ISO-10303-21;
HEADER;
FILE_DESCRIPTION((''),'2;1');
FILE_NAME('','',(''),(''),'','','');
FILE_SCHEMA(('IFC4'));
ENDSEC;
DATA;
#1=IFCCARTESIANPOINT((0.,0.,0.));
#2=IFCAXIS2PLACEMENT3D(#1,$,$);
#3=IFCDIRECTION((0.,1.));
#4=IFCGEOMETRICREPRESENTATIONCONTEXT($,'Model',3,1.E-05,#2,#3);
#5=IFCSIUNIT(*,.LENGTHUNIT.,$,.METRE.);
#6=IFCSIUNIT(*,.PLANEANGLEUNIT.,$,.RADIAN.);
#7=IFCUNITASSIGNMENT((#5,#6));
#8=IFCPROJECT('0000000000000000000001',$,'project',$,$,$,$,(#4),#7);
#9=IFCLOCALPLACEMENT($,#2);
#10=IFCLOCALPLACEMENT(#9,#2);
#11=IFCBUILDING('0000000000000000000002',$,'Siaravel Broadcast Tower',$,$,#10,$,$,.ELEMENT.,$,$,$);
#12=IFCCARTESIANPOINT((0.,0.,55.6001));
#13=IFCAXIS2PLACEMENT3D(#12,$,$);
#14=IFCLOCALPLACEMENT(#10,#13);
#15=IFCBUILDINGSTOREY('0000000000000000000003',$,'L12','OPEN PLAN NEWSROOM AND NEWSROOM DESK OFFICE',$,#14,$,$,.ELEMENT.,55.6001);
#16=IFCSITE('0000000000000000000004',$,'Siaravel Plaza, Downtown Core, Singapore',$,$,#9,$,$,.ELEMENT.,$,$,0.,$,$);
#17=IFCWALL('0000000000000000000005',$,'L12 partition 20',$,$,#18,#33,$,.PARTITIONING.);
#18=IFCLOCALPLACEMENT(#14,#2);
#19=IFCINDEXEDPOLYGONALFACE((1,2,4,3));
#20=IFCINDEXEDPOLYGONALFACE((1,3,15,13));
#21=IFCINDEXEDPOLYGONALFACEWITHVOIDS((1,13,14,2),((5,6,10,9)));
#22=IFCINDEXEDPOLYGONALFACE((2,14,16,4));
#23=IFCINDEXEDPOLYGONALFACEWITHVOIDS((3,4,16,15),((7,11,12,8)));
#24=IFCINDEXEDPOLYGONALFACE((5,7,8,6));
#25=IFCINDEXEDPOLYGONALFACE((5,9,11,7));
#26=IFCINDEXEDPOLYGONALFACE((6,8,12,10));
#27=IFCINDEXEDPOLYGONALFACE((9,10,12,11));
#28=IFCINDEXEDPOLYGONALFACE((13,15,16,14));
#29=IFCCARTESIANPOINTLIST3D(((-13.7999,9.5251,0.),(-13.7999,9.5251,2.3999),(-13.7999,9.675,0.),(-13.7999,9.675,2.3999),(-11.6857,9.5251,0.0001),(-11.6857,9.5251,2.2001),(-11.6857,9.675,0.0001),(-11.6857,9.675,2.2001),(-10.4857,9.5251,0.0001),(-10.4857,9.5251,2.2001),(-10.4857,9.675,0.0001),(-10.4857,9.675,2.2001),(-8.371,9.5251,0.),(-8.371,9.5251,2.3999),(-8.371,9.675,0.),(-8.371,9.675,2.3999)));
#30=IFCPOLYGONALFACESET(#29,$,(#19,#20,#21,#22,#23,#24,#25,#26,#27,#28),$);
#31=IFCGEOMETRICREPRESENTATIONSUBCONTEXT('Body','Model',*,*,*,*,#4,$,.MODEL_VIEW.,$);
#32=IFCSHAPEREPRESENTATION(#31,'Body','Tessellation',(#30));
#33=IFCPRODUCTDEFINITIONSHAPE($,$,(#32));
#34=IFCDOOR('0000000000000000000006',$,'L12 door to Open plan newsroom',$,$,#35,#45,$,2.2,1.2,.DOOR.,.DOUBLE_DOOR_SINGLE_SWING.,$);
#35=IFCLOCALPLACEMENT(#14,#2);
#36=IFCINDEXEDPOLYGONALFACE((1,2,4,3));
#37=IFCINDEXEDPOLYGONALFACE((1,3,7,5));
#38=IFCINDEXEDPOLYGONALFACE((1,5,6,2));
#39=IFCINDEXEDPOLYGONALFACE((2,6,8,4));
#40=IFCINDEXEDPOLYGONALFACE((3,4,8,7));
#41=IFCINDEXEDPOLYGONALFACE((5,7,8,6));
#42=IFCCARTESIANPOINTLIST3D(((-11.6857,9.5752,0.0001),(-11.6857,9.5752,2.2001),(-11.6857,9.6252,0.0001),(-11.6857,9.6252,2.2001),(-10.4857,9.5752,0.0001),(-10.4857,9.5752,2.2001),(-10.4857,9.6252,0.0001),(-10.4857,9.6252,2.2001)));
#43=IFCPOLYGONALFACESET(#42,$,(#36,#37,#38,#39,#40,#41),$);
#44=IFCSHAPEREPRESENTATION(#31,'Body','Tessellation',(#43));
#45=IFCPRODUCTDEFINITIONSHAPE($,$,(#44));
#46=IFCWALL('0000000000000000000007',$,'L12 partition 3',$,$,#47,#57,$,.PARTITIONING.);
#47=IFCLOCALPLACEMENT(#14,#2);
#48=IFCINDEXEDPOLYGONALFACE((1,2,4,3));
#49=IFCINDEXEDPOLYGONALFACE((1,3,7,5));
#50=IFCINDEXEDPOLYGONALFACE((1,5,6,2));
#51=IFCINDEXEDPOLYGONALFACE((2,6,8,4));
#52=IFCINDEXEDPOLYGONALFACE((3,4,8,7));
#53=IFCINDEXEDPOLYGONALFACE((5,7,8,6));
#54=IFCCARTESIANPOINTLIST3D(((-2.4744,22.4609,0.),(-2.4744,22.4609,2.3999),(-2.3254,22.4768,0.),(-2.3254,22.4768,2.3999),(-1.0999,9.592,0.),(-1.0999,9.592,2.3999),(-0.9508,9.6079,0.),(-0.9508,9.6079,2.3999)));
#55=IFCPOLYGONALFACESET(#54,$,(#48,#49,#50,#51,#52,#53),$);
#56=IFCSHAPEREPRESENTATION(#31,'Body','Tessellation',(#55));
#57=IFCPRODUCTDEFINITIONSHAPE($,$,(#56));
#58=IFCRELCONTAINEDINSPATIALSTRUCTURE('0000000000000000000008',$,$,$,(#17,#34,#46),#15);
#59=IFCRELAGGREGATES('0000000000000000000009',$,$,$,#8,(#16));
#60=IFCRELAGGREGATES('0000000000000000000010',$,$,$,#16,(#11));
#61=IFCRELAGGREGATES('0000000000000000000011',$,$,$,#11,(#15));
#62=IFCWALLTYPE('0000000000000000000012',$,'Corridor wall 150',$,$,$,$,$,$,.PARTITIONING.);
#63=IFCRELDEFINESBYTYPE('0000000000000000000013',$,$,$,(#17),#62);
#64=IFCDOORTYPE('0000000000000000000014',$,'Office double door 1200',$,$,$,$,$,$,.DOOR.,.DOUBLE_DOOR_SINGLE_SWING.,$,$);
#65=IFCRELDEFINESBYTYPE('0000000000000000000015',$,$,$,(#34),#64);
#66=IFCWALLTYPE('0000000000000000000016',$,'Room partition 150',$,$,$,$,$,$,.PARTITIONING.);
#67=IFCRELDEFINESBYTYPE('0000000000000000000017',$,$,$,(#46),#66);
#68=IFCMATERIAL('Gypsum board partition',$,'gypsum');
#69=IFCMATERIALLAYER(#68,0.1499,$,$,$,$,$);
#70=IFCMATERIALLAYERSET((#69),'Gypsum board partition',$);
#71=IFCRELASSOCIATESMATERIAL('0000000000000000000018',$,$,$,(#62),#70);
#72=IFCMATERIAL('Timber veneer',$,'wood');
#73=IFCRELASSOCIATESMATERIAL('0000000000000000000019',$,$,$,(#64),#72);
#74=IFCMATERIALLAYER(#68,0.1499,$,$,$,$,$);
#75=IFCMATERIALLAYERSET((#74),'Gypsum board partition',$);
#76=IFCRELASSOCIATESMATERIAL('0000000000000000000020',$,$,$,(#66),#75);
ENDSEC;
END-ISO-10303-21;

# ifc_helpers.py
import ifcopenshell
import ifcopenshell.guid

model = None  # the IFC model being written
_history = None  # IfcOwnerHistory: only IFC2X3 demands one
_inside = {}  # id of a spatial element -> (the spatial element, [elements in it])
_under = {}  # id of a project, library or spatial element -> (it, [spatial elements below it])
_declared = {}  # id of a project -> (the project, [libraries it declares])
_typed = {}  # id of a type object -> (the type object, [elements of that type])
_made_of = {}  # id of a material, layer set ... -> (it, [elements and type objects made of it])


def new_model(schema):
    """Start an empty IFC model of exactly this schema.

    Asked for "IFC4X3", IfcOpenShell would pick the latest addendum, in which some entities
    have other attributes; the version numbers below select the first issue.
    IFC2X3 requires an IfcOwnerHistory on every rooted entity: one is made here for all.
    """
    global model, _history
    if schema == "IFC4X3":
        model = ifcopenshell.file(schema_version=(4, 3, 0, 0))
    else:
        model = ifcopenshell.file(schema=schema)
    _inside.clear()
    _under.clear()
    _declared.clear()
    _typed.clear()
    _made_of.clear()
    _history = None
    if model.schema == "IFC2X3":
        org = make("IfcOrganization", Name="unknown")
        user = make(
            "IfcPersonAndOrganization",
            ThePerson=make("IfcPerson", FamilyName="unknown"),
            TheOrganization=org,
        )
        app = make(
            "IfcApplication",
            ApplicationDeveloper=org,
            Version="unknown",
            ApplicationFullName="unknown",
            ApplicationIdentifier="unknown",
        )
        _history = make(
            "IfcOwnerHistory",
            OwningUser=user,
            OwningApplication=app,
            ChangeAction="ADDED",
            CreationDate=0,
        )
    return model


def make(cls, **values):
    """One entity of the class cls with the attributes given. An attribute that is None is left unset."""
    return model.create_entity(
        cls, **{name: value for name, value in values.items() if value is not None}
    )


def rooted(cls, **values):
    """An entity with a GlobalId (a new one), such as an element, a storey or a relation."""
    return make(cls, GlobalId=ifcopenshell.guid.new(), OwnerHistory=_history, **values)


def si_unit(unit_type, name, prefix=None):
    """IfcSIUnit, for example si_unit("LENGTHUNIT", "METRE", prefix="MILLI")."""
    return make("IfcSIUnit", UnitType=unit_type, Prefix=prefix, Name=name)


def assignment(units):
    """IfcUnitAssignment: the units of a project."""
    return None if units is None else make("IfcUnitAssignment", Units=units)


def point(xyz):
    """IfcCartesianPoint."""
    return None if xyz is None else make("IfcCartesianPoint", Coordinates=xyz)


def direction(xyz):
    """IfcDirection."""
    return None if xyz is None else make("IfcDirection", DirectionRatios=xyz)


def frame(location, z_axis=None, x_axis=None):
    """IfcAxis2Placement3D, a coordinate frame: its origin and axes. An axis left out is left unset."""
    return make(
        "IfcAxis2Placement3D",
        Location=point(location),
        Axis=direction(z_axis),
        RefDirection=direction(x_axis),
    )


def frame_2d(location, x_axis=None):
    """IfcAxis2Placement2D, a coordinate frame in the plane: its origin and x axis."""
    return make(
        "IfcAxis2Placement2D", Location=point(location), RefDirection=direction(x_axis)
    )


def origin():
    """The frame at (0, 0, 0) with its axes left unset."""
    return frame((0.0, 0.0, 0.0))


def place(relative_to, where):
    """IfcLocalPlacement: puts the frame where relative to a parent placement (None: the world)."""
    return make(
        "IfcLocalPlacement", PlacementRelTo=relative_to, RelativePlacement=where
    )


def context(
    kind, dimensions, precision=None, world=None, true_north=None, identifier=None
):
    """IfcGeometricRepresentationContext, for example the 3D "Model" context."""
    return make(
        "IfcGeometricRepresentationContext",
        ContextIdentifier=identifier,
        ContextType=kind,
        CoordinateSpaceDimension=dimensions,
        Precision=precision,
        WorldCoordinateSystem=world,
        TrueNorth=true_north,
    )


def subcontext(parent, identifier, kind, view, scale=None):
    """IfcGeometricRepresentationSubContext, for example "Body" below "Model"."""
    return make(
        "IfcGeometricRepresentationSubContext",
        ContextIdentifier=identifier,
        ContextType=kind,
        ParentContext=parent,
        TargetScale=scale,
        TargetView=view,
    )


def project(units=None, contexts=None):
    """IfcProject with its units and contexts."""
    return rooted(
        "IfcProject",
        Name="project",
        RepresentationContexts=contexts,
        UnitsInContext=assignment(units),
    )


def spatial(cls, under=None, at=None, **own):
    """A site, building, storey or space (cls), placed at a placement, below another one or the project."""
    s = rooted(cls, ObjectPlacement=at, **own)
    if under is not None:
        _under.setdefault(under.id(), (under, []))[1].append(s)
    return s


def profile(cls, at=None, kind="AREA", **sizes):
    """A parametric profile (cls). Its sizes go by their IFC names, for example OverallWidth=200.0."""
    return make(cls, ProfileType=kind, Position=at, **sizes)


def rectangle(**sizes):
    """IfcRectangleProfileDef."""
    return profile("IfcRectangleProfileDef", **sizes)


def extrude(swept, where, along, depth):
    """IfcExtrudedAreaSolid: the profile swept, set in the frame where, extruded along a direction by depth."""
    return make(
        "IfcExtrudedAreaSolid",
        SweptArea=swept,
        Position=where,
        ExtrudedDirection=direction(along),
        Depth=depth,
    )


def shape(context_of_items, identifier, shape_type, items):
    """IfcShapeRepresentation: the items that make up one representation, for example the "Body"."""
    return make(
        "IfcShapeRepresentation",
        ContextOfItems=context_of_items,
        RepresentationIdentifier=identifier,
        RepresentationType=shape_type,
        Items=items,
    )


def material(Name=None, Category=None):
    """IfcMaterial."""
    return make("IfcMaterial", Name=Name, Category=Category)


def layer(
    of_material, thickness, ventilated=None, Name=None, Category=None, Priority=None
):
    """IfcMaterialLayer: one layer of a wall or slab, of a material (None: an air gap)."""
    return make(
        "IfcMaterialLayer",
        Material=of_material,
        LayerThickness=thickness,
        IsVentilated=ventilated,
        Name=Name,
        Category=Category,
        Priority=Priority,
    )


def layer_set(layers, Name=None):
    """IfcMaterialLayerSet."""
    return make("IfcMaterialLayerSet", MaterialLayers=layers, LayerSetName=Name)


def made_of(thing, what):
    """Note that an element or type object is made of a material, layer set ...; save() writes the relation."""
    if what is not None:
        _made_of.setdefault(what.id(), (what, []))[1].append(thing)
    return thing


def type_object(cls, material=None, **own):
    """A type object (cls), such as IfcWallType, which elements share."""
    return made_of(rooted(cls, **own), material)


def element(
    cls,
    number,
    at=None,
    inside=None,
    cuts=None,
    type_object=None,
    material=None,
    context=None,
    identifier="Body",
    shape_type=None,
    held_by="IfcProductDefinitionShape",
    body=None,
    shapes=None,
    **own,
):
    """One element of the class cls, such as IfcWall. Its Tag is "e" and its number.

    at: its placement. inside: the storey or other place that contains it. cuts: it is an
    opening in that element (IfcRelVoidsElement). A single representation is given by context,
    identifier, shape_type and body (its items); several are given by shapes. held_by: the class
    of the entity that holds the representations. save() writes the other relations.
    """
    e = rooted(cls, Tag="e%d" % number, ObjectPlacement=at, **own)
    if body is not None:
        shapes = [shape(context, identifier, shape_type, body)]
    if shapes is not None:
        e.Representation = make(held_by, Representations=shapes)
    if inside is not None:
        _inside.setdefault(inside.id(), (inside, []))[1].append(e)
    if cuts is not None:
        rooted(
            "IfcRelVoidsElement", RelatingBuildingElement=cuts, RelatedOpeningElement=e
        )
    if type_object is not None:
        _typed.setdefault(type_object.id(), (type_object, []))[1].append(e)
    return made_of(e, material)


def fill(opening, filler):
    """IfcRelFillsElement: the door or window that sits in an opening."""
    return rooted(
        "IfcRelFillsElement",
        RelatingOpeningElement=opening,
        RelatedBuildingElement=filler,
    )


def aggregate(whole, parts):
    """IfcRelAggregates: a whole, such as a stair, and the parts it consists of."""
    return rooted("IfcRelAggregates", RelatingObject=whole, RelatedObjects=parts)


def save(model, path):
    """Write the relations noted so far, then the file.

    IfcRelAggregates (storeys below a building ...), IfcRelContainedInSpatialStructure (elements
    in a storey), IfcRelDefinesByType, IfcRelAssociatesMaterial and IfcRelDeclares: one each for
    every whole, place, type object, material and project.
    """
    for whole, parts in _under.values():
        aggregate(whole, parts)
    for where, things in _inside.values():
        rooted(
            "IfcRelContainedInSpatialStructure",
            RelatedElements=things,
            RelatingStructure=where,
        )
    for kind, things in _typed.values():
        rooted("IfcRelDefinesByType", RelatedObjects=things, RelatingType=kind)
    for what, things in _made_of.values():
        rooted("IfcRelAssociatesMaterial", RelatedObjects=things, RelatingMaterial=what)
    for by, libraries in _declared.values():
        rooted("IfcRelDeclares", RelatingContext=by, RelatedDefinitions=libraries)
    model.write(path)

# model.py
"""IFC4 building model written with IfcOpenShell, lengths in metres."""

from ifc_helpers import new_model, si_unit, direction, frame, frame_2d, origin, place, context, subcontext, project, spatial, rectangle, extrude, material, layer, layer_set, type_object, element, fill, save


model = new_model("IFC4")

# Units and contexts
model_context = context("Model", 3, precision=1e-05, world=origin(), true_north=direction((0.0, 1.0)))
body_context = subcontext(model_context, "Body", "Model", "MODEL_VIEW")
ifc_project = project(units=[si_unit("LENGTHUNIT", "METRE"), si_unit("PLANEANGLEUNIT", "RADIAN")], contexts=[model_context])

# Site, building, storey
site_placement = place(None, origin())
site = spatial("IfcSite", under=ifc_project, at=site_placement, Name="Siaravel Plaza, Downtown Core, Singapore", CompositionType="ELEMENT", RefElevation=0.0)
building_placement = place(site_placement, origin())
building = spatial("IfcBuilding", under=site, at=building_placement, Name="Siaravel Broadcast Tower", CompositionType="ELEMENT")
storey_placement = place(building_placement, frame((0.0, 0.0, 55.6001)))
storey = spatial("IfcBuildingStorey", under=building, at=storey_placement, Name="L12", Description="OPEN PLAN NEWSROOM AND NEWSROOM DESK OFFICE", CompositionType="ELEMENT", Elevation=55.6001)

# Wall, opening, door
ifc_material_1 = material(Name="Gypsum board partition", Category="gypsum")
ifc_layer_1 = layer(ifc_material_1, 0.1499)
ifc_layer_set_1 = layer_set([ifc_layer_1], Name="Gypsum board partition")
wall_type_1 = type_object("IfcWallType", Name="Corridor wall 150", PredefinedType="PARTITIONING", material=ifc_layer_set_1)
ifc_material_2 = material(Name="Timber veneer", Category="wood")
door_type = type_object("IfcDoorType", Name="Office double door 1200", OperationType="DOUBLE_DOOR_SINGLE_SWING", PredefinedType="DOOR", material=ifc_material_2)
wall_1_placement = place(storey_placement, frame((-8.3711, 9.6001, 0.0), z_axis=(0.0, 0.0, 1.0), x_axis=(-1.0, 0.0, 0.0)))
wall_1 = element("IfcWall", 1, at=wall_1_placement, inside=storey, type_object=wall_type_1, Name="L12 partition 20", PredefinedType="PARTITIONING", context=body_context, shape_type="SweptSolid", body=[
    extrude(rectangle(XDim=5.429, YDim=0.1499, at=frame_2d((2.7144, 0.0))), origin(), (0.0, 0.0, 1.0), 2.3999),
])
opening_1_placement = place(wall_1_placement, frame((2.1145, 0.0, 0.0)))
opening_1 = element("IfcOpeningElement", 2, at=opening_1_placement, cuts=wall_1, PredefinedType="OPENING", context=body_context, shape_type="SweptSolid", body=[
    extrude(rectangle(XDim=1.2, YDim=2.2, at=frame_2d((0.6001, 1.1001))), frame((0.0, 0.085, 0.0), z_axis=(0.0, -1.0, 0.0), x_axis=(1.0, 0.0, 0.0)), (0.0, 0.0, 1.0), 0.1699),
])
door_1_placement = place(opening_1_placement, origin())
door_1 = element("IfcDoor", 3, at=door_1_placement, inside=storey, type_object=door_type, Name="L12 door to Open plan newsroom", OperationType="DOUBLE_DOOR_SINGLE_SWING", OverallHeight=2.2, OverallWidth=1.2, PredefinedType="DOOR", context=body_context, shape_type="SweptSolid", body=[
    extrude(rectangle(XDim=1.2, YDim=2.2, at=frame_2d((0.6001, 1.1001))), frame((0.0, 0.0249, 0.0), z_axis=(0.0, -1.0, 0.0), x_axis=(1.0, 0.0, 0.0)), (0.0, 0.0, 1.0), 0.05),
])
fill(opening_1, door_1)

# Wall
ifc_layer_2 = layer(ifc_material_1, 0.1499)
ifc_layer_set_2 = layer_set([ifc_layer_2], Name="Gypsum board partition")
wall_type_2 = type_object("IfcWallType", Name="Room partition 150", PredefinedType="PARTITIONING", material=ifc_layer_set_2)
wall_2_placement = place(storey_placement, frame((-2.3999, 22.469, 0.0), z_axis=(0.0, 0.0, 1.0), x_axis=(0.106205, -0.994344, 0.0)))
element("IfcWall", 4, at=wall_2_placement, inside=storey, type_object=wall_type_2, Name="L12 partition 3", PredefinedType="PARTITIONING", context=body_context, shape_type="SweptSolid", body=[
    extrude(rectangle(XDim=12.9421, YDim=0.1499, at=frame_2d((6.4712, 0.0))), origin(), (0.0, 0.0, 1.0), 2.3999),
])

save(model, "model.ifc")
